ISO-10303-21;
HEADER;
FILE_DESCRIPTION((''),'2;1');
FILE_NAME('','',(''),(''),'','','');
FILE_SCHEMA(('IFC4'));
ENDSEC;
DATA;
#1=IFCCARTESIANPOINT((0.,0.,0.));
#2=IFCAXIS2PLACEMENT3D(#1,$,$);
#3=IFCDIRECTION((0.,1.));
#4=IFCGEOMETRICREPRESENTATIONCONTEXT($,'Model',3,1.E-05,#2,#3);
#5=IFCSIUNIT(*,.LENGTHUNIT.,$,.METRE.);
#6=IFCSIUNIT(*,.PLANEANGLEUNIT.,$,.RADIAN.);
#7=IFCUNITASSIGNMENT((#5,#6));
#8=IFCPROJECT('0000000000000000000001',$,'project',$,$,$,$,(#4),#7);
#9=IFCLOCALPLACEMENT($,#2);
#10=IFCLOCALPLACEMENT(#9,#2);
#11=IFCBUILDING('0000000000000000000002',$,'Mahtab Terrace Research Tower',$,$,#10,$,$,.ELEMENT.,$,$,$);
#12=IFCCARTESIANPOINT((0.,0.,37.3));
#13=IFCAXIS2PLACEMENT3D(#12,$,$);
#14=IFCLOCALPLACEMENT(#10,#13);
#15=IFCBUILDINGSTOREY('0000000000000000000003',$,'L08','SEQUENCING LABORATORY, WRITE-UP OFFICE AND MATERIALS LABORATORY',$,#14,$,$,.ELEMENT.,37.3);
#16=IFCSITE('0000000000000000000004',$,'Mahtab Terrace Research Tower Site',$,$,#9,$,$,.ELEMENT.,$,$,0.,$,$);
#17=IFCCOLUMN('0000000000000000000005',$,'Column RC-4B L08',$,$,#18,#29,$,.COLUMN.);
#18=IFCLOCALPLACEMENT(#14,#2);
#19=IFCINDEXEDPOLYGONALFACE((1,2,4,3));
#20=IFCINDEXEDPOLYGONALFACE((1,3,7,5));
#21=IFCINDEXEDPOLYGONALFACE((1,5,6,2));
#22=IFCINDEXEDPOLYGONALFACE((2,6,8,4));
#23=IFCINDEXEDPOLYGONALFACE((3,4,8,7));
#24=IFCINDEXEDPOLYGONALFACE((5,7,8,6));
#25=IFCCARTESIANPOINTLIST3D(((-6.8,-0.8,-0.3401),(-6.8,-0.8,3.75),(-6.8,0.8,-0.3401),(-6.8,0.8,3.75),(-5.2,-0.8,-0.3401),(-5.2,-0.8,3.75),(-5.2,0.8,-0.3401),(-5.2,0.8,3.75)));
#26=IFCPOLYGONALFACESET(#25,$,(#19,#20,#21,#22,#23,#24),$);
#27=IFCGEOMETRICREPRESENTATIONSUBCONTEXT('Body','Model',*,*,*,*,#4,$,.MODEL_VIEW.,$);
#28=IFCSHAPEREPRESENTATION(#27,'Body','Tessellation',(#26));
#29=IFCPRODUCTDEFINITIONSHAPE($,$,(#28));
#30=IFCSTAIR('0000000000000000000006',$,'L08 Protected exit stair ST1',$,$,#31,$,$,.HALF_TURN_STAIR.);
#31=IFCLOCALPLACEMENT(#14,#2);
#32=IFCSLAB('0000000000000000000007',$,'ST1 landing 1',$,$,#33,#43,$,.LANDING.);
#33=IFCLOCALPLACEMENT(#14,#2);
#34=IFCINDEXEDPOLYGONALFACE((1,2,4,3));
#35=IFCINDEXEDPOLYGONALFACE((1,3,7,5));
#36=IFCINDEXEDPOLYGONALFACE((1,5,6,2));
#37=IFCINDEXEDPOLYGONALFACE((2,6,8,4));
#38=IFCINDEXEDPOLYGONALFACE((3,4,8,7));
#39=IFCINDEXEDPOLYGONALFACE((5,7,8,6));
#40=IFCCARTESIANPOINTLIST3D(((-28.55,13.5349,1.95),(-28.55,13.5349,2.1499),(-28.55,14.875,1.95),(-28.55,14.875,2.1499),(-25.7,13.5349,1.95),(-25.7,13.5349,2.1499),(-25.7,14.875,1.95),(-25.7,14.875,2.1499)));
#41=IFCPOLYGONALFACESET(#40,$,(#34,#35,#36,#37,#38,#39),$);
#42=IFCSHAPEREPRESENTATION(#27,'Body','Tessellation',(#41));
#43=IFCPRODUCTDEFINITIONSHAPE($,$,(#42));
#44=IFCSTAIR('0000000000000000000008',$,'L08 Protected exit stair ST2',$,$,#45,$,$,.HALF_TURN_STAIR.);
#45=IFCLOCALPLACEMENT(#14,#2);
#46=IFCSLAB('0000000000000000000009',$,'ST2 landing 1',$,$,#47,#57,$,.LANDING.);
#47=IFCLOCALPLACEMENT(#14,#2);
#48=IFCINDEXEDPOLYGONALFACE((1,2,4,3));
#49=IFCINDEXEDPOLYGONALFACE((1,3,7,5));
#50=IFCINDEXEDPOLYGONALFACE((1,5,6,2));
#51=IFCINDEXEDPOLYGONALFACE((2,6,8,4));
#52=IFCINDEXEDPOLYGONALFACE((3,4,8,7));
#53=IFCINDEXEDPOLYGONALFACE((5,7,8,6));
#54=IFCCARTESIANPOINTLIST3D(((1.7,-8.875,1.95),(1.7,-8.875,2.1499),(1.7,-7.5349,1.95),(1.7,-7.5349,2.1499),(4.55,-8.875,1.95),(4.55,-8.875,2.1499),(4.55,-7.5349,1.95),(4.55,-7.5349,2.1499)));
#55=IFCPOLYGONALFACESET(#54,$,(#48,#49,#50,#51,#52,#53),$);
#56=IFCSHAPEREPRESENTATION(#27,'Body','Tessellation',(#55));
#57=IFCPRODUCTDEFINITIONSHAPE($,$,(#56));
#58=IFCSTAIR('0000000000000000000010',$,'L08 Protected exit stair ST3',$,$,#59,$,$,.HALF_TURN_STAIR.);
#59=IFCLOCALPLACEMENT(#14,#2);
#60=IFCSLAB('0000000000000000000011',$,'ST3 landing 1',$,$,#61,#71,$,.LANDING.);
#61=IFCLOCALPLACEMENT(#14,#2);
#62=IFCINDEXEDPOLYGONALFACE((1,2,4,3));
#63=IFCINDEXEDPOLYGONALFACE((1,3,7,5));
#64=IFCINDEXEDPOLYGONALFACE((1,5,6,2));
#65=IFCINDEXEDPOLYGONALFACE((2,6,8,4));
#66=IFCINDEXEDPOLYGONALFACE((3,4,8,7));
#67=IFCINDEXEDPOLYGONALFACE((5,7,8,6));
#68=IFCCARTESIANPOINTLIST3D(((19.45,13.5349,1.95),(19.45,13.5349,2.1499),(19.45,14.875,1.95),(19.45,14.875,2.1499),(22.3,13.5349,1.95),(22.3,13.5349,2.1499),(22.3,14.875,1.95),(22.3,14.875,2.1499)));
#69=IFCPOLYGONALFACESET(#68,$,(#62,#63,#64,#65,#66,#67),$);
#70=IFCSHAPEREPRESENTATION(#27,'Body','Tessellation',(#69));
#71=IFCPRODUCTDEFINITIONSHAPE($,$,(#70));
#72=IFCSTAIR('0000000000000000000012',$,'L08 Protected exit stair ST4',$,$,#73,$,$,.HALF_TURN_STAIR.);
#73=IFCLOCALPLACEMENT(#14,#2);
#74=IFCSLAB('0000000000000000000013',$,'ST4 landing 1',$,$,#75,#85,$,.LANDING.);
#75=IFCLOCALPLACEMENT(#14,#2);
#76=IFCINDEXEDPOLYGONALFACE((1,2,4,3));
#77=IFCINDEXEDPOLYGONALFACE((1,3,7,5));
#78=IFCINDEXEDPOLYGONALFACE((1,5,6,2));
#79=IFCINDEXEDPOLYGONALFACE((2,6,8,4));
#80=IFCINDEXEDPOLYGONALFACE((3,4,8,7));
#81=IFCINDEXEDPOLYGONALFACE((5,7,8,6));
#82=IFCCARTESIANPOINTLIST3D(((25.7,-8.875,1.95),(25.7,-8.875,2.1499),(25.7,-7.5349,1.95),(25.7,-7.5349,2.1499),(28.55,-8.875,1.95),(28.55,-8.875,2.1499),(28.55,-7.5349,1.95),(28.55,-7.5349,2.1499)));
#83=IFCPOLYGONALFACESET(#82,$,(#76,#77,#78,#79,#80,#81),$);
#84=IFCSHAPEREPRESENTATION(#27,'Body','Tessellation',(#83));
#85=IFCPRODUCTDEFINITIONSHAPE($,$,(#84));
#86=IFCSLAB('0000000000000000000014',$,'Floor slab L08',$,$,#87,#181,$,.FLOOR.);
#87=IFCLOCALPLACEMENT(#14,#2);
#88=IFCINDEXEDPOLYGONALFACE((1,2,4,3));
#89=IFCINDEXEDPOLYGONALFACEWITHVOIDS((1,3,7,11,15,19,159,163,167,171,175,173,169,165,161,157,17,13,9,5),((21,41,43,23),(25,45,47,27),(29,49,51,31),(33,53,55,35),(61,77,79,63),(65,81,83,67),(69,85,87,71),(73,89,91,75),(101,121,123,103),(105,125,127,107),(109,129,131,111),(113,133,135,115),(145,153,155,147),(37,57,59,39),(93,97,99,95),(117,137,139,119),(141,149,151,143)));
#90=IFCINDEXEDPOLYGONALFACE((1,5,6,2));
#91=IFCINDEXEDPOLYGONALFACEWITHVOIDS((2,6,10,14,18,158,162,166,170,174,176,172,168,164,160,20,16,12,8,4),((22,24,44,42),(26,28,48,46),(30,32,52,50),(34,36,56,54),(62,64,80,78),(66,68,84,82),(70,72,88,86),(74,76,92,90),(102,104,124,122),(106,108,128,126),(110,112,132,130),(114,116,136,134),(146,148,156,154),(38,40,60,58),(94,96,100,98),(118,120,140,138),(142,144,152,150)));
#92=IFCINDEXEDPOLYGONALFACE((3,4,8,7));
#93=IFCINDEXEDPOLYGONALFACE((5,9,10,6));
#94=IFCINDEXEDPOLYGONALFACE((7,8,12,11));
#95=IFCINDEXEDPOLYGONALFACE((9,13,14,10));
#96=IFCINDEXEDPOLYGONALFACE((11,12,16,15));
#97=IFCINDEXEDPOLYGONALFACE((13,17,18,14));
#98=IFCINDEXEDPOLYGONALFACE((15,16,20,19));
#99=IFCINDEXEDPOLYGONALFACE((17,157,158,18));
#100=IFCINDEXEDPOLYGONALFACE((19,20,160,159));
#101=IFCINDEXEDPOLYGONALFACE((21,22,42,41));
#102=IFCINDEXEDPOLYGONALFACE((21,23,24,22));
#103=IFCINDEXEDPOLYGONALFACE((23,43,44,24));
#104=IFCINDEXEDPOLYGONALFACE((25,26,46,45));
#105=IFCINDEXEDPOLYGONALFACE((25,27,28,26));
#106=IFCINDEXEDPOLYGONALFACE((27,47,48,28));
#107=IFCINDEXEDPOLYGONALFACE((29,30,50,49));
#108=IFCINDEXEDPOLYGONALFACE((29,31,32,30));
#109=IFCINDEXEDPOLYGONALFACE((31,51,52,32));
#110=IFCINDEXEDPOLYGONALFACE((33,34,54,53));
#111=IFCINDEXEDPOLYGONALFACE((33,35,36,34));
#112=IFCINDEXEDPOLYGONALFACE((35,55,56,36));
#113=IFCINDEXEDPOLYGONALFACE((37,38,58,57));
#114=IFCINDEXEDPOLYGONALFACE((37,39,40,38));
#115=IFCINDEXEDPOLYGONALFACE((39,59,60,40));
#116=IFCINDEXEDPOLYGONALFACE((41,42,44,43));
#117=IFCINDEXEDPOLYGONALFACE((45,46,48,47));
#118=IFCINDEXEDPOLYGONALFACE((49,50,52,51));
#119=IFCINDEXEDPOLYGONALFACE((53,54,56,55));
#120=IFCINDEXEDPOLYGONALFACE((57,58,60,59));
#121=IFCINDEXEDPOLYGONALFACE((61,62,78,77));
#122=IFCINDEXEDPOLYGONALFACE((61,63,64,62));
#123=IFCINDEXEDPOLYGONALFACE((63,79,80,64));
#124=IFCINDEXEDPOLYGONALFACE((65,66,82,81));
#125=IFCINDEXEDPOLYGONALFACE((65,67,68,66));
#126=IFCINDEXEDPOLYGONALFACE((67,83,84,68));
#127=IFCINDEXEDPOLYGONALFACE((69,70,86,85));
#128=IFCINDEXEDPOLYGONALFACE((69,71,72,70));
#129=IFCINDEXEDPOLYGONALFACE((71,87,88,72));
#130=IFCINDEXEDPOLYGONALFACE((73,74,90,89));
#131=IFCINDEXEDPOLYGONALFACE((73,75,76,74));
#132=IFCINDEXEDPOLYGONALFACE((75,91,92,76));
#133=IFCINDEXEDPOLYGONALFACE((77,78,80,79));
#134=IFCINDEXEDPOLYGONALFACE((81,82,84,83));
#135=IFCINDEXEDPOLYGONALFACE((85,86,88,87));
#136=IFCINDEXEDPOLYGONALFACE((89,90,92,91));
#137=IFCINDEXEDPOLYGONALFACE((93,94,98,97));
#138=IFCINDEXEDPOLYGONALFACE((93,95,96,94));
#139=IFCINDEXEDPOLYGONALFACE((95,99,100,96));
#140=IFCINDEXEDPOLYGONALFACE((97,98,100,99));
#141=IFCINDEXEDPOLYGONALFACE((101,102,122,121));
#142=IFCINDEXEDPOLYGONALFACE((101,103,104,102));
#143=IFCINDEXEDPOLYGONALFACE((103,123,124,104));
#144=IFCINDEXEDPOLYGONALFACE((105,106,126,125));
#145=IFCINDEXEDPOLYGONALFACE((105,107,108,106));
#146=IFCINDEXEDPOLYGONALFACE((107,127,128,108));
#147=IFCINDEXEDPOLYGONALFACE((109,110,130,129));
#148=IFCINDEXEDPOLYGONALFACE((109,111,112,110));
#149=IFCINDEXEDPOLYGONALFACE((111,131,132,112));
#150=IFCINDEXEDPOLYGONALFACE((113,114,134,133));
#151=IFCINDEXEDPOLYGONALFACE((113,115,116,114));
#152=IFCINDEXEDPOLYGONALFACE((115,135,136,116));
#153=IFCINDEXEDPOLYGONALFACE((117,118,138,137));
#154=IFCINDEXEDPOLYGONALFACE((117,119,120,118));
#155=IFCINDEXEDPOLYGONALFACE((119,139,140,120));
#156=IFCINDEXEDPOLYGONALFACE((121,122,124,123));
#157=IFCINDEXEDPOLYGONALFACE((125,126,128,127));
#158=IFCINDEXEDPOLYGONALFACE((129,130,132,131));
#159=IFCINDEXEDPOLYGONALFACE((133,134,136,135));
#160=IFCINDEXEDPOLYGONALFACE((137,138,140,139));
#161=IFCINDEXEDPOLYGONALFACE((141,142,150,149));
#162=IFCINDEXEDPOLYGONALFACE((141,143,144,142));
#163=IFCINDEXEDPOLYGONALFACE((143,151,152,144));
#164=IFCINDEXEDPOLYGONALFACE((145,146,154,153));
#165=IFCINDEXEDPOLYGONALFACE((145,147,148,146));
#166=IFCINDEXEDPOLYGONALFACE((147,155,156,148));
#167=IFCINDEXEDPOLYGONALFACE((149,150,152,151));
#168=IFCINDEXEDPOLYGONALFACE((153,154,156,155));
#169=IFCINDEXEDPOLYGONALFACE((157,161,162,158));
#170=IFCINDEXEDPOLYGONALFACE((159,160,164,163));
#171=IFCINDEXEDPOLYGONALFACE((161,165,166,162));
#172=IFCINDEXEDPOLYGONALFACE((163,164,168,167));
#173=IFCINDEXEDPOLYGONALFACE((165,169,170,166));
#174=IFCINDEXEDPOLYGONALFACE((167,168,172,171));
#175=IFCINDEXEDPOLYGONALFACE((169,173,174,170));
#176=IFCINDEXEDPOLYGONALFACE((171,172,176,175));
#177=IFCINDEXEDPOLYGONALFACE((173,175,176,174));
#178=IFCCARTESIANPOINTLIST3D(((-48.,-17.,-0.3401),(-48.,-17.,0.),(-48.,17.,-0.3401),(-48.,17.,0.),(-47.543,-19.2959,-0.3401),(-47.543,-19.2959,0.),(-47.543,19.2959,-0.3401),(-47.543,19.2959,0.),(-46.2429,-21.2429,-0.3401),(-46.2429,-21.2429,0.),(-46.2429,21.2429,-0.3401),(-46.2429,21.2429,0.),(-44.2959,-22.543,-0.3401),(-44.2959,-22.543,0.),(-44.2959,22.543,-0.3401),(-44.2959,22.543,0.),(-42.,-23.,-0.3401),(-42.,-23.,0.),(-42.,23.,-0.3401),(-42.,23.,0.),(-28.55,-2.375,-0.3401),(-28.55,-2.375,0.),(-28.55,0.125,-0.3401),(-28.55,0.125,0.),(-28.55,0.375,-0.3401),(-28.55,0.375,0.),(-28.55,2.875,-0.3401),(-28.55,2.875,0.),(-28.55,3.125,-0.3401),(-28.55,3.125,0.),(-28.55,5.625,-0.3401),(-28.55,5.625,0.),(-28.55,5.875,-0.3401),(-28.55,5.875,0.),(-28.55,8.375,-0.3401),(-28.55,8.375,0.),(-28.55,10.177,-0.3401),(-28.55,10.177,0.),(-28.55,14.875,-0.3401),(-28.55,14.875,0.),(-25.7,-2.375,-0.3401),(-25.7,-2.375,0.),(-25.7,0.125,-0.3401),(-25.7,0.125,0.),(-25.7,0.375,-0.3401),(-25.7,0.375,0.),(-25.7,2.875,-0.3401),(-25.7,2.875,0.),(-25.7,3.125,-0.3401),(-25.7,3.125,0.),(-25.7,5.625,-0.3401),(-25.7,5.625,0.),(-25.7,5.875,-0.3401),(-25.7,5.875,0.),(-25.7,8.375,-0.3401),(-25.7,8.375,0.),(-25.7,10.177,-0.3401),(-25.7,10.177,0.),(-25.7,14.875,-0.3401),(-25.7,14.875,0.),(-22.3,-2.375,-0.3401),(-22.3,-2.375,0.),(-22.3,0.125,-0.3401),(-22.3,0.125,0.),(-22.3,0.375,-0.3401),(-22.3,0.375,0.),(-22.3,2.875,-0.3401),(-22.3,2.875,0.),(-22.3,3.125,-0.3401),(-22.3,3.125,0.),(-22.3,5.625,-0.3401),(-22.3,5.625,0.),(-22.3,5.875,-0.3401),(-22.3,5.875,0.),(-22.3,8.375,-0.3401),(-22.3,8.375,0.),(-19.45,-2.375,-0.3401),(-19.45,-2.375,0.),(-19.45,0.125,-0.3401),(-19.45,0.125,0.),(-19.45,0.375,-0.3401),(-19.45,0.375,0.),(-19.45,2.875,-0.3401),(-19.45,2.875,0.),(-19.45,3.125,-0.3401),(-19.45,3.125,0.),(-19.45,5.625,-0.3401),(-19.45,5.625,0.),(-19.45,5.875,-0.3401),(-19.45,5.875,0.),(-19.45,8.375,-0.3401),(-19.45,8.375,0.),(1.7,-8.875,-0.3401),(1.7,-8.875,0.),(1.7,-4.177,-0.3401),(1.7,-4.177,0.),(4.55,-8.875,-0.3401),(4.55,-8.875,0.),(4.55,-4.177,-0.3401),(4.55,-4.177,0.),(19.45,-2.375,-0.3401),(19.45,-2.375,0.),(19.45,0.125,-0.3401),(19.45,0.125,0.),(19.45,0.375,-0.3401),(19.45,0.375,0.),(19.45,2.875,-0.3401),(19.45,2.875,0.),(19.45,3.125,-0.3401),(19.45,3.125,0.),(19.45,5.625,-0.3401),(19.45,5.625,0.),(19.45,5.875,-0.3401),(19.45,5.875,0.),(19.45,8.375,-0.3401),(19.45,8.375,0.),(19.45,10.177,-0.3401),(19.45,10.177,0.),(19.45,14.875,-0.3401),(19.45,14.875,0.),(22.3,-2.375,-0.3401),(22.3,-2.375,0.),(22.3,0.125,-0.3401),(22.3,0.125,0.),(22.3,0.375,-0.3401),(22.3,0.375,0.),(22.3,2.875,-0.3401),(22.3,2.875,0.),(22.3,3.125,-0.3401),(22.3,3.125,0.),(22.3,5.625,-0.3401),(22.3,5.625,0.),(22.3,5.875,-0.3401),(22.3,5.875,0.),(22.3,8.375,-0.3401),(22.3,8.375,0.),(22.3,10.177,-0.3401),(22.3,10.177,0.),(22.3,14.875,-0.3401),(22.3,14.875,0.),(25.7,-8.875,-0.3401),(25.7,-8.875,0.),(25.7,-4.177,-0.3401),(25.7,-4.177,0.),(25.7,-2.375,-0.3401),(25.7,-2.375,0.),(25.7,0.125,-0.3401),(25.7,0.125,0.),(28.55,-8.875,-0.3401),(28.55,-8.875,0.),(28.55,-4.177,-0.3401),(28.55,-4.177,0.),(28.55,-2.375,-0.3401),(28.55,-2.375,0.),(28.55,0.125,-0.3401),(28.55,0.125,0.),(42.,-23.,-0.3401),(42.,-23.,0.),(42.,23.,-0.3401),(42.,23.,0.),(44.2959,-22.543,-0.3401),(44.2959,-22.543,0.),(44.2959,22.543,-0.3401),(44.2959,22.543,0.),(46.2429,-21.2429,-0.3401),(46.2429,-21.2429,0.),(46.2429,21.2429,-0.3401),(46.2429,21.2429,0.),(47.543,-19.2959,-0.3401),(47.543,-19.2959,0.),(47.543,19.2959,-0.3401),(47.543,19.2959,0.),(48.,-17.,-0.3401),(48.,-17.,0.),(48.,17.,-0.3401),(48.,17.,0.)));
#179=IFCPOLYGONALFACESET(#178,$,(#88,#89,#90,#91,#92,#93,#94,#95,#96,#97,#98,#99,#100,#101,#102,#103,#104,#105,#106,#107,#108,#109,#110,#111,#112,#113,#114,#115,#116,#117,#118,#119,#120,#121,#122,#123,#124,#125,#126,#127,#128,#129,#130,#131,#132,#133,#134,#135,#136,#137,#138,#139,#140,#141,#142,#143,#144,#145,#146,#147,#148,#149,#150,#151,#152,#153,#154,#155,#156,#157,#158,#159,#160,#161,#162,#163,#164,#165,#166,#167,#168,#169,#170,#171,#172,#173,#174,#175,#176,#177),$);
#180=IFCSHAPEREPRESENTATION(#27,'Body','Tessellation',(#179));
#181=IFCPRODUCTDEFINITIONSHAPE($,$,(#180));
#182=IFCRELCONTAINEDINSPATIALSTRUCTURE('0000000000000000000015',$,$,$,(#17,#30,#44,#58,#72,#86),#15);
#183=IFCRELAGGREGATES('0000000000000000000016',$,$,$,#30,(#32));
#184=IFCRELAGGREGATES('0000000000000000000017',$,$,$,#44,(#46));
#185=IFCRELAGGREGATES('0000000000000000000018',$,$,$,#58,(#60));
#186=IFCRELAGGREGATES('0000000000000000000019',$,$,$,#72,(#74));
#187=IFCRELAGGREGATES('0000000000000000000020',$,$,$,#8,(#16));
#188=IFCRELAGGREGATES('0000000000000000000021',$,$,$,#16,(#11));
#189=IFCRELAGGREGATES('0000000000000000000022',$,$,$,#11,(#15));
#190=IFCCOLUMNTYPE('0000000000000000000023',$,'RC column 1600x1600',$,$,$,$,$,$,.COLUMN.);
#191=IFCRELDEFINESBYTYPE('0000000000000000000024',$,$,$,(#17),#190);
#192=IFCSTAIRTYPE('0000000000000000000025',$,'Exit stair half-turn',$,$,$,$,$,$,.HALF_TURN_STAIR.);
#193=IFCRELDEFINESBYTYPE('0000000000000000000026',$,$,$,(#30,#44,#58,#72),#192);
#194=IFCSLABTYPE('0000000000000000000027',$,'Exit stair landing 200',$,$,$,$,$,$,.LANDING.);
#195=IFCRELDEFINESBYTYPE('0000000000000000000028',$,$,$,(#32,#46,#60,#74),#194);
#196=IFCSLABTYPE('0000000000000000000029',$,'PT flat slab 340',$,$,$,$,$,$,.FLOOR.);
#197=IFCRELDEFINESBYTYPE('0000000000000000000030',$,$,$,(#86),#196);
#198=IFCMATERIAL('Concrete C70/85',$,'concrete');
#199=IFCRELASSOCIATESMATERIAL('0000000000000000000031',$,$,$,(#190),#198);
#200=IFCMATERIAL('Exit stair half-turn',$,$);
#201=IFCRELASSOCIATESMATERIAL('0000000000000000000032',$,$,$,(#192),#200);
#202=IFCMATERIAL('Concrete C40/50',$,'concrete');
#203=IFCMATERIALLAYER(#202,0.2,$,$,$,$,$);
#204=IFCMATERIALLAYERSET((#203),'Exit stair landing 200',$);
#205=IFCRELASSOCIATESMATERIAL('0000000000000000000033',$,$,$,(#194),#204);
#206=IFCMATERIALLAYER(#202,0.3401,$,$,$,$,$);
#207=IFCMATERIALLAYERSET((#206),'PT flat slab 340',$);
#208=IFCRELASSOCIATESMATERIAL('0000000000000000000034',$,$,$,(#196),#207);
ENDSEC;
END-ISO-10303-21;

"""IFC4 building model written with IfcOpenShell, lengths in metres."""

from ifc_helpers import new_model, si_unit, direction, frame, origin, origin_2d, place, context, subcontext, project, spatial, polyline, rectangle, outline, extrude, material, layer, layer_set, material_profile, profile_set, type_object, element, aggregate, save


model = new_model("IFC4")

# Units and contexts
model_context = context("Model", 3, precision=1e-05, world=origin(), true_north=direction((0.0, 1.0)))
body_context = subcontext(model_context, "Body", "Model", "MODEL_VIEW")
ifc_project = project(units=[si_unit("LENGTHUNIT", "METRE"), si_unit("PLANEANGLEUNIT", "RADIAN")], contexts=[model_context])

# Site, building, storey
site_placement = place(None, origin())
site = spatial("IfcSite", under=ifc_project, at=site_placement, Name="Mahtab Terrace Research Tower Site", CompositionType="ELEMENT", RefElevation=0.0)
building_placement = place(site_placement, origin())
building = spatial("IfcBuilding", under=site, at=building_placement, Name="Mahtab Terrace Research Tower", CompositionType="ELEMENT")
storey_placement = place(building_placement, frame((0.0, 0.0, 37.3)))
storey = spatial("IfcBuildingStorey", under=building, at=storey_placement, Name="L08", Description="SEQUENCING LABORATORY, WRITE-UP OFFICE AND MATERIALS LABORATORY", CompositionType="ELEMENT", Elevation=37.3)

# Column
ifc_material_1 = material(Name="Concrete C70/85", Category="concrete")
ifc_material_profile = material_profile(ifc_material_1, rectangle(XDim=1.6001, YDim=1.6001, at=origin_2d()), Name="RC column 1600x1600")
ifc_profile_set = profile_set([ifc_material_profile], Name="Concrete C70/85")
column_type = type_object("IfcColumnType", Name="RC column 1600x1600", PredefinedType="COLUMN", material=ifc_profile_set)
column_placement = place(storey_placement, frame((-6.0, 0.0, -0.3401), z_axis=(0.0, 0.0, 1.0), x_axis=(1.0, 0.0, 0.0)))
element("IfcColumn", 1, at=column_placement, inside=storey, type_object=column_type, Name="Column RC-4B L08", PredefinedType="COLUMN", context=body_context, shape_type="SweptSolid", body=[
    extrude(rectangle(XDim=1.6001, YDim=1.6001, at=origin_2d()), origin(), (0.0, 0.0, 1.0), 4.0901),
])

# Stairs, slabs
ifc_material_2 = material(Name="Exit stair half-turn")
stair_type = type_object("IfcStairType", Name="Exit stair half-turn", PredefinedType="HALF_TURN_STAIR", material=ifc_material_2)
stair_1_placement = place(storey_placement, origin())
stair_1 = element("IfcStair", 2, at=stair_1_placement, inside=storey, type_object=stair_type, Name="L08 Protected exit stair ST1", PredefinedType="HALF_TURN_STAIR")
ifc_material_3 = material(Name="Concrete C40/50", Category="concrete")
ifc_layer_1 = layer(ifc_material_3, 0.2)
ifc_layer_set_1 = layer_set([ifc_layer_1], Name="Exit stair landing 200")
slab_type_1 = type_object("IfcSlabType", Name="Exit stair landing 200", PredefinedType="LANDING", material=ifc_layer_set_1)
slab_1_placement = place(storey_placement, frame((0.0, 0.0, 1.95)))
slab_1 = element("IfcSlab", 3, at=slab_1_placement, type_object=slab_type_1, Name="ST1 landing 1", PredefinedType="LANDING", context=body_context, shape_type="SweptSolid", body=[
    extrude(outline(polyline([(-25.7, 13.5349), (-25.7, 14.875), (-28.55, 14.875), (-28.55, 13.5349), (-25.7, 13.5349)])), origin(), (0.0, 0.0, 1.0), 0.2),
])
aggregate(stair_1, [slab_1])
stair_2_placement = place(storey_placement, origin())
stair_2 = element("IfcStair", 4, at=stair_2_placement, inside=storey, type_object=stair_type, Name="L08 Protected exit stair ST2", PredefinedType="HALF_TURN_STAIR")
slab_2_placement = place(storey_placement, frame((0.0, 0.0, 1.95)))
slab_2 = element("IfcSlab", 5, at=slab_2_placement, type_object=slab_type_1, Name="ST2 landing 1", PredefinedType="LANDING", context=body_context, shape_type="SweptSolid", body=[
    extrude(outline(polyline([(1.7, -7.5349), (1.7, -8.875), (4.55, -8.875), (4.55, -7.5349), (1.7, -7.5349)])), origin(), (0.0, 0.0, 1.0), 0.2),
])
aggregate(stair_2, [slab_2])
stair_3_placement = place(storey_placement, origin())
stair_3 = element("IfcStair", 6, at=stair_3_placement, inside=storey, type_object=stair_type, Name="L08 Protected exit stair ST3", PredefinedType="HALF_TURN_STAIR")
slab_3_placement = place(storey_placement, frame((0.0, 0.0, 1.95)))
slab_3 = element("IfcSlab", 7, at=slab_3_placement, type_object=slab_type_1, Name="ST3 landing 1", PredefinedType="LANDING", context=body_context, shape_type="SweptSolid", body=[
    extrude(outline(polyline([(22.3, 13.5349), (22.3, 14.875), (19.45, 14.875), (19.45, 13.5349), (22.3, 13.5349)])), origin(), (0.0, 0.0, 1.0), 0.2),
])
aggregate(stair_3, [slab_3])
stair_4_placement = place(storey_placement, origin())
stair_4 = element("IfcStair", 8, at=stair_4_placement, inside=storey, type_object=stair_type, Name="L08 Protected exit stair ST4", PredefinedType="HALF_TURN_STAIR")
slab_4_placement = place(storey_placement, frame((0.0, 0.0, 1.95)))
slab_4 = element("IfcSlab", 9, at=slab_4_placement, type_object=slab_type_1, Name="ST4 landing 1", PredefinedType="LANDING", context=body_context, shape_type="SweptSolid", body=[
    extrude(outline(polyline([(25.7, -7.5349), (25.7, -8.875), (28.55, -8.875), (28.55, -7.5349), (25.7, -7.5349)])), origin(), (0.0, 0.0, 1.0), 0.2),
])
aggregate(stair_4, [slab_4])

# Slab
ifc_layer_2 = layer(ifc_material_3, 0.3401)
ifc_layer_set_2 = layer_set([ifc_layer_2], Name="PT flat slab 340")
slab_type_2 = type_object("IfcSlabType", Name="PT flat slab 340", PredefinedType="FLOOR", material=ifc_layer_set_2)
slab_5_placement = place(storey_placement, frame((0.0, 0.0, -0.3401)))
element("IfcSlab", 10, at=slab_5_placement, inside=storey, type_object=slab_type_2, Name="Floor slab L08", PredefinedType="FLOOR", context=body_context, shape_type="SweptSolid", body=[
    extrude(outline(polyline([(47.543, 19.2959), (46.2429, 21.2429), (44.2959, 22.543), (42.0, 23.0), (-42.0, 23.0), (-44.2959, 22.543), (-46.2429, 21.2429), (-47.543, 19.2959), (-48.0, 17.0), (-48.0, -17.0), (-47.543, -19.2959), (-46.2429, -21.2429), (-44.2959, -22.543), (-42.0, -23.0), (42.0, -23.0), (44.2959, -22.543), (46.2429, -21.2429), (47.543, -19.2959), (48.0, -17.0), (48.0, 17.0), (47.543, 19.2959)]), holes=[polyline([(-28.55, -2.375), (-28.55, 0.125), (-25.7, 0.125), (-25.7, -2.375), (-28.55, -2.375)]), polyline([(-22.3, -2.375), (-22.3, 0.125), (-19.45, 0.125), (-19.45, -2.375), (-22.3, -2.375)]), polyline([(-28.55, 0.375), (-28.55, 2.875), (-25.7, 2.875), (-25.7, 0.375), (-28.55, 0.375)]), polyline([(-22.3, 0.375), (-22.3, 2.875), (-19.45, 2.875), (-19.45, 0.375), (-22.3, 0.375)]), polyline([(-28.55, 3.125), (-28.55, 5.625), (-25.7, 5.625), (-25.7, 3.125), (-28.55, 3.125)]), polyline([(-22.3, 3.125), (-22.3, 5.625), (-19.45, 5.625), (-19.45, 3.125), (-22.3, 3.125)]), polyline([(-28.55, 5.875), (-28.55, 8.375), (-25.7, 8.375), (-25.7, 5.875), (-28.55, 5.875)]), polyline([(-22.3, 5.875), (-22.3, 8.375), (-19.45, 8.375), (-19.45, 5.875), (-22.3, 5.875)]), polyline([(-28.55, 10.177), (-28.55, 14.875), (-25.7, 14.875), (-25.7, 10.177), (-28.55, 10.177)]), polyline([(1.7, -8.875), (1.7, -4.177), (4.55, -4.177), (4.55, -8.875), (1.7, -8.875)]), polyline([(25.7, -8.875), (25.7, -4.177), (28.55, -4.177), (28.55, -8.875), (25.7, -8.875)]), polyline([(19.45, -2.375), (19.45, 0.125), (22.3, 0.125), (22.3, -2.375), (19.45, -2.375)]), polyline([(25.7, -2.375), (25.7, 0.125), (28.55, 0.125), (28.55, -2.375), (25.7, -2.375)]), polyline([(19.45, 0.375), (19.45, 2.875), (22.3, 2.875), (22.3, 0.375), (19.45, 0.375)]), polyline([(19.45, 3.125), (19.45, 5.625), (22.3, 5.625), (22.3, 3.125), (19.45, 3.125)]), polyline([(19.45, 8.375), (22.3, 8.375), (22.3, 5.875), (19.45, 5.875), (19.45, 8.375)]), polyline([(19.45, 14.875), (22.3, 14.875), (22.3, 10.177), (19.45, 10.177), (19.45, 14.875)])]), origin(), (0.0, 0.0, 1.0), 0.3401),
])

save(model, "model.ifc")
